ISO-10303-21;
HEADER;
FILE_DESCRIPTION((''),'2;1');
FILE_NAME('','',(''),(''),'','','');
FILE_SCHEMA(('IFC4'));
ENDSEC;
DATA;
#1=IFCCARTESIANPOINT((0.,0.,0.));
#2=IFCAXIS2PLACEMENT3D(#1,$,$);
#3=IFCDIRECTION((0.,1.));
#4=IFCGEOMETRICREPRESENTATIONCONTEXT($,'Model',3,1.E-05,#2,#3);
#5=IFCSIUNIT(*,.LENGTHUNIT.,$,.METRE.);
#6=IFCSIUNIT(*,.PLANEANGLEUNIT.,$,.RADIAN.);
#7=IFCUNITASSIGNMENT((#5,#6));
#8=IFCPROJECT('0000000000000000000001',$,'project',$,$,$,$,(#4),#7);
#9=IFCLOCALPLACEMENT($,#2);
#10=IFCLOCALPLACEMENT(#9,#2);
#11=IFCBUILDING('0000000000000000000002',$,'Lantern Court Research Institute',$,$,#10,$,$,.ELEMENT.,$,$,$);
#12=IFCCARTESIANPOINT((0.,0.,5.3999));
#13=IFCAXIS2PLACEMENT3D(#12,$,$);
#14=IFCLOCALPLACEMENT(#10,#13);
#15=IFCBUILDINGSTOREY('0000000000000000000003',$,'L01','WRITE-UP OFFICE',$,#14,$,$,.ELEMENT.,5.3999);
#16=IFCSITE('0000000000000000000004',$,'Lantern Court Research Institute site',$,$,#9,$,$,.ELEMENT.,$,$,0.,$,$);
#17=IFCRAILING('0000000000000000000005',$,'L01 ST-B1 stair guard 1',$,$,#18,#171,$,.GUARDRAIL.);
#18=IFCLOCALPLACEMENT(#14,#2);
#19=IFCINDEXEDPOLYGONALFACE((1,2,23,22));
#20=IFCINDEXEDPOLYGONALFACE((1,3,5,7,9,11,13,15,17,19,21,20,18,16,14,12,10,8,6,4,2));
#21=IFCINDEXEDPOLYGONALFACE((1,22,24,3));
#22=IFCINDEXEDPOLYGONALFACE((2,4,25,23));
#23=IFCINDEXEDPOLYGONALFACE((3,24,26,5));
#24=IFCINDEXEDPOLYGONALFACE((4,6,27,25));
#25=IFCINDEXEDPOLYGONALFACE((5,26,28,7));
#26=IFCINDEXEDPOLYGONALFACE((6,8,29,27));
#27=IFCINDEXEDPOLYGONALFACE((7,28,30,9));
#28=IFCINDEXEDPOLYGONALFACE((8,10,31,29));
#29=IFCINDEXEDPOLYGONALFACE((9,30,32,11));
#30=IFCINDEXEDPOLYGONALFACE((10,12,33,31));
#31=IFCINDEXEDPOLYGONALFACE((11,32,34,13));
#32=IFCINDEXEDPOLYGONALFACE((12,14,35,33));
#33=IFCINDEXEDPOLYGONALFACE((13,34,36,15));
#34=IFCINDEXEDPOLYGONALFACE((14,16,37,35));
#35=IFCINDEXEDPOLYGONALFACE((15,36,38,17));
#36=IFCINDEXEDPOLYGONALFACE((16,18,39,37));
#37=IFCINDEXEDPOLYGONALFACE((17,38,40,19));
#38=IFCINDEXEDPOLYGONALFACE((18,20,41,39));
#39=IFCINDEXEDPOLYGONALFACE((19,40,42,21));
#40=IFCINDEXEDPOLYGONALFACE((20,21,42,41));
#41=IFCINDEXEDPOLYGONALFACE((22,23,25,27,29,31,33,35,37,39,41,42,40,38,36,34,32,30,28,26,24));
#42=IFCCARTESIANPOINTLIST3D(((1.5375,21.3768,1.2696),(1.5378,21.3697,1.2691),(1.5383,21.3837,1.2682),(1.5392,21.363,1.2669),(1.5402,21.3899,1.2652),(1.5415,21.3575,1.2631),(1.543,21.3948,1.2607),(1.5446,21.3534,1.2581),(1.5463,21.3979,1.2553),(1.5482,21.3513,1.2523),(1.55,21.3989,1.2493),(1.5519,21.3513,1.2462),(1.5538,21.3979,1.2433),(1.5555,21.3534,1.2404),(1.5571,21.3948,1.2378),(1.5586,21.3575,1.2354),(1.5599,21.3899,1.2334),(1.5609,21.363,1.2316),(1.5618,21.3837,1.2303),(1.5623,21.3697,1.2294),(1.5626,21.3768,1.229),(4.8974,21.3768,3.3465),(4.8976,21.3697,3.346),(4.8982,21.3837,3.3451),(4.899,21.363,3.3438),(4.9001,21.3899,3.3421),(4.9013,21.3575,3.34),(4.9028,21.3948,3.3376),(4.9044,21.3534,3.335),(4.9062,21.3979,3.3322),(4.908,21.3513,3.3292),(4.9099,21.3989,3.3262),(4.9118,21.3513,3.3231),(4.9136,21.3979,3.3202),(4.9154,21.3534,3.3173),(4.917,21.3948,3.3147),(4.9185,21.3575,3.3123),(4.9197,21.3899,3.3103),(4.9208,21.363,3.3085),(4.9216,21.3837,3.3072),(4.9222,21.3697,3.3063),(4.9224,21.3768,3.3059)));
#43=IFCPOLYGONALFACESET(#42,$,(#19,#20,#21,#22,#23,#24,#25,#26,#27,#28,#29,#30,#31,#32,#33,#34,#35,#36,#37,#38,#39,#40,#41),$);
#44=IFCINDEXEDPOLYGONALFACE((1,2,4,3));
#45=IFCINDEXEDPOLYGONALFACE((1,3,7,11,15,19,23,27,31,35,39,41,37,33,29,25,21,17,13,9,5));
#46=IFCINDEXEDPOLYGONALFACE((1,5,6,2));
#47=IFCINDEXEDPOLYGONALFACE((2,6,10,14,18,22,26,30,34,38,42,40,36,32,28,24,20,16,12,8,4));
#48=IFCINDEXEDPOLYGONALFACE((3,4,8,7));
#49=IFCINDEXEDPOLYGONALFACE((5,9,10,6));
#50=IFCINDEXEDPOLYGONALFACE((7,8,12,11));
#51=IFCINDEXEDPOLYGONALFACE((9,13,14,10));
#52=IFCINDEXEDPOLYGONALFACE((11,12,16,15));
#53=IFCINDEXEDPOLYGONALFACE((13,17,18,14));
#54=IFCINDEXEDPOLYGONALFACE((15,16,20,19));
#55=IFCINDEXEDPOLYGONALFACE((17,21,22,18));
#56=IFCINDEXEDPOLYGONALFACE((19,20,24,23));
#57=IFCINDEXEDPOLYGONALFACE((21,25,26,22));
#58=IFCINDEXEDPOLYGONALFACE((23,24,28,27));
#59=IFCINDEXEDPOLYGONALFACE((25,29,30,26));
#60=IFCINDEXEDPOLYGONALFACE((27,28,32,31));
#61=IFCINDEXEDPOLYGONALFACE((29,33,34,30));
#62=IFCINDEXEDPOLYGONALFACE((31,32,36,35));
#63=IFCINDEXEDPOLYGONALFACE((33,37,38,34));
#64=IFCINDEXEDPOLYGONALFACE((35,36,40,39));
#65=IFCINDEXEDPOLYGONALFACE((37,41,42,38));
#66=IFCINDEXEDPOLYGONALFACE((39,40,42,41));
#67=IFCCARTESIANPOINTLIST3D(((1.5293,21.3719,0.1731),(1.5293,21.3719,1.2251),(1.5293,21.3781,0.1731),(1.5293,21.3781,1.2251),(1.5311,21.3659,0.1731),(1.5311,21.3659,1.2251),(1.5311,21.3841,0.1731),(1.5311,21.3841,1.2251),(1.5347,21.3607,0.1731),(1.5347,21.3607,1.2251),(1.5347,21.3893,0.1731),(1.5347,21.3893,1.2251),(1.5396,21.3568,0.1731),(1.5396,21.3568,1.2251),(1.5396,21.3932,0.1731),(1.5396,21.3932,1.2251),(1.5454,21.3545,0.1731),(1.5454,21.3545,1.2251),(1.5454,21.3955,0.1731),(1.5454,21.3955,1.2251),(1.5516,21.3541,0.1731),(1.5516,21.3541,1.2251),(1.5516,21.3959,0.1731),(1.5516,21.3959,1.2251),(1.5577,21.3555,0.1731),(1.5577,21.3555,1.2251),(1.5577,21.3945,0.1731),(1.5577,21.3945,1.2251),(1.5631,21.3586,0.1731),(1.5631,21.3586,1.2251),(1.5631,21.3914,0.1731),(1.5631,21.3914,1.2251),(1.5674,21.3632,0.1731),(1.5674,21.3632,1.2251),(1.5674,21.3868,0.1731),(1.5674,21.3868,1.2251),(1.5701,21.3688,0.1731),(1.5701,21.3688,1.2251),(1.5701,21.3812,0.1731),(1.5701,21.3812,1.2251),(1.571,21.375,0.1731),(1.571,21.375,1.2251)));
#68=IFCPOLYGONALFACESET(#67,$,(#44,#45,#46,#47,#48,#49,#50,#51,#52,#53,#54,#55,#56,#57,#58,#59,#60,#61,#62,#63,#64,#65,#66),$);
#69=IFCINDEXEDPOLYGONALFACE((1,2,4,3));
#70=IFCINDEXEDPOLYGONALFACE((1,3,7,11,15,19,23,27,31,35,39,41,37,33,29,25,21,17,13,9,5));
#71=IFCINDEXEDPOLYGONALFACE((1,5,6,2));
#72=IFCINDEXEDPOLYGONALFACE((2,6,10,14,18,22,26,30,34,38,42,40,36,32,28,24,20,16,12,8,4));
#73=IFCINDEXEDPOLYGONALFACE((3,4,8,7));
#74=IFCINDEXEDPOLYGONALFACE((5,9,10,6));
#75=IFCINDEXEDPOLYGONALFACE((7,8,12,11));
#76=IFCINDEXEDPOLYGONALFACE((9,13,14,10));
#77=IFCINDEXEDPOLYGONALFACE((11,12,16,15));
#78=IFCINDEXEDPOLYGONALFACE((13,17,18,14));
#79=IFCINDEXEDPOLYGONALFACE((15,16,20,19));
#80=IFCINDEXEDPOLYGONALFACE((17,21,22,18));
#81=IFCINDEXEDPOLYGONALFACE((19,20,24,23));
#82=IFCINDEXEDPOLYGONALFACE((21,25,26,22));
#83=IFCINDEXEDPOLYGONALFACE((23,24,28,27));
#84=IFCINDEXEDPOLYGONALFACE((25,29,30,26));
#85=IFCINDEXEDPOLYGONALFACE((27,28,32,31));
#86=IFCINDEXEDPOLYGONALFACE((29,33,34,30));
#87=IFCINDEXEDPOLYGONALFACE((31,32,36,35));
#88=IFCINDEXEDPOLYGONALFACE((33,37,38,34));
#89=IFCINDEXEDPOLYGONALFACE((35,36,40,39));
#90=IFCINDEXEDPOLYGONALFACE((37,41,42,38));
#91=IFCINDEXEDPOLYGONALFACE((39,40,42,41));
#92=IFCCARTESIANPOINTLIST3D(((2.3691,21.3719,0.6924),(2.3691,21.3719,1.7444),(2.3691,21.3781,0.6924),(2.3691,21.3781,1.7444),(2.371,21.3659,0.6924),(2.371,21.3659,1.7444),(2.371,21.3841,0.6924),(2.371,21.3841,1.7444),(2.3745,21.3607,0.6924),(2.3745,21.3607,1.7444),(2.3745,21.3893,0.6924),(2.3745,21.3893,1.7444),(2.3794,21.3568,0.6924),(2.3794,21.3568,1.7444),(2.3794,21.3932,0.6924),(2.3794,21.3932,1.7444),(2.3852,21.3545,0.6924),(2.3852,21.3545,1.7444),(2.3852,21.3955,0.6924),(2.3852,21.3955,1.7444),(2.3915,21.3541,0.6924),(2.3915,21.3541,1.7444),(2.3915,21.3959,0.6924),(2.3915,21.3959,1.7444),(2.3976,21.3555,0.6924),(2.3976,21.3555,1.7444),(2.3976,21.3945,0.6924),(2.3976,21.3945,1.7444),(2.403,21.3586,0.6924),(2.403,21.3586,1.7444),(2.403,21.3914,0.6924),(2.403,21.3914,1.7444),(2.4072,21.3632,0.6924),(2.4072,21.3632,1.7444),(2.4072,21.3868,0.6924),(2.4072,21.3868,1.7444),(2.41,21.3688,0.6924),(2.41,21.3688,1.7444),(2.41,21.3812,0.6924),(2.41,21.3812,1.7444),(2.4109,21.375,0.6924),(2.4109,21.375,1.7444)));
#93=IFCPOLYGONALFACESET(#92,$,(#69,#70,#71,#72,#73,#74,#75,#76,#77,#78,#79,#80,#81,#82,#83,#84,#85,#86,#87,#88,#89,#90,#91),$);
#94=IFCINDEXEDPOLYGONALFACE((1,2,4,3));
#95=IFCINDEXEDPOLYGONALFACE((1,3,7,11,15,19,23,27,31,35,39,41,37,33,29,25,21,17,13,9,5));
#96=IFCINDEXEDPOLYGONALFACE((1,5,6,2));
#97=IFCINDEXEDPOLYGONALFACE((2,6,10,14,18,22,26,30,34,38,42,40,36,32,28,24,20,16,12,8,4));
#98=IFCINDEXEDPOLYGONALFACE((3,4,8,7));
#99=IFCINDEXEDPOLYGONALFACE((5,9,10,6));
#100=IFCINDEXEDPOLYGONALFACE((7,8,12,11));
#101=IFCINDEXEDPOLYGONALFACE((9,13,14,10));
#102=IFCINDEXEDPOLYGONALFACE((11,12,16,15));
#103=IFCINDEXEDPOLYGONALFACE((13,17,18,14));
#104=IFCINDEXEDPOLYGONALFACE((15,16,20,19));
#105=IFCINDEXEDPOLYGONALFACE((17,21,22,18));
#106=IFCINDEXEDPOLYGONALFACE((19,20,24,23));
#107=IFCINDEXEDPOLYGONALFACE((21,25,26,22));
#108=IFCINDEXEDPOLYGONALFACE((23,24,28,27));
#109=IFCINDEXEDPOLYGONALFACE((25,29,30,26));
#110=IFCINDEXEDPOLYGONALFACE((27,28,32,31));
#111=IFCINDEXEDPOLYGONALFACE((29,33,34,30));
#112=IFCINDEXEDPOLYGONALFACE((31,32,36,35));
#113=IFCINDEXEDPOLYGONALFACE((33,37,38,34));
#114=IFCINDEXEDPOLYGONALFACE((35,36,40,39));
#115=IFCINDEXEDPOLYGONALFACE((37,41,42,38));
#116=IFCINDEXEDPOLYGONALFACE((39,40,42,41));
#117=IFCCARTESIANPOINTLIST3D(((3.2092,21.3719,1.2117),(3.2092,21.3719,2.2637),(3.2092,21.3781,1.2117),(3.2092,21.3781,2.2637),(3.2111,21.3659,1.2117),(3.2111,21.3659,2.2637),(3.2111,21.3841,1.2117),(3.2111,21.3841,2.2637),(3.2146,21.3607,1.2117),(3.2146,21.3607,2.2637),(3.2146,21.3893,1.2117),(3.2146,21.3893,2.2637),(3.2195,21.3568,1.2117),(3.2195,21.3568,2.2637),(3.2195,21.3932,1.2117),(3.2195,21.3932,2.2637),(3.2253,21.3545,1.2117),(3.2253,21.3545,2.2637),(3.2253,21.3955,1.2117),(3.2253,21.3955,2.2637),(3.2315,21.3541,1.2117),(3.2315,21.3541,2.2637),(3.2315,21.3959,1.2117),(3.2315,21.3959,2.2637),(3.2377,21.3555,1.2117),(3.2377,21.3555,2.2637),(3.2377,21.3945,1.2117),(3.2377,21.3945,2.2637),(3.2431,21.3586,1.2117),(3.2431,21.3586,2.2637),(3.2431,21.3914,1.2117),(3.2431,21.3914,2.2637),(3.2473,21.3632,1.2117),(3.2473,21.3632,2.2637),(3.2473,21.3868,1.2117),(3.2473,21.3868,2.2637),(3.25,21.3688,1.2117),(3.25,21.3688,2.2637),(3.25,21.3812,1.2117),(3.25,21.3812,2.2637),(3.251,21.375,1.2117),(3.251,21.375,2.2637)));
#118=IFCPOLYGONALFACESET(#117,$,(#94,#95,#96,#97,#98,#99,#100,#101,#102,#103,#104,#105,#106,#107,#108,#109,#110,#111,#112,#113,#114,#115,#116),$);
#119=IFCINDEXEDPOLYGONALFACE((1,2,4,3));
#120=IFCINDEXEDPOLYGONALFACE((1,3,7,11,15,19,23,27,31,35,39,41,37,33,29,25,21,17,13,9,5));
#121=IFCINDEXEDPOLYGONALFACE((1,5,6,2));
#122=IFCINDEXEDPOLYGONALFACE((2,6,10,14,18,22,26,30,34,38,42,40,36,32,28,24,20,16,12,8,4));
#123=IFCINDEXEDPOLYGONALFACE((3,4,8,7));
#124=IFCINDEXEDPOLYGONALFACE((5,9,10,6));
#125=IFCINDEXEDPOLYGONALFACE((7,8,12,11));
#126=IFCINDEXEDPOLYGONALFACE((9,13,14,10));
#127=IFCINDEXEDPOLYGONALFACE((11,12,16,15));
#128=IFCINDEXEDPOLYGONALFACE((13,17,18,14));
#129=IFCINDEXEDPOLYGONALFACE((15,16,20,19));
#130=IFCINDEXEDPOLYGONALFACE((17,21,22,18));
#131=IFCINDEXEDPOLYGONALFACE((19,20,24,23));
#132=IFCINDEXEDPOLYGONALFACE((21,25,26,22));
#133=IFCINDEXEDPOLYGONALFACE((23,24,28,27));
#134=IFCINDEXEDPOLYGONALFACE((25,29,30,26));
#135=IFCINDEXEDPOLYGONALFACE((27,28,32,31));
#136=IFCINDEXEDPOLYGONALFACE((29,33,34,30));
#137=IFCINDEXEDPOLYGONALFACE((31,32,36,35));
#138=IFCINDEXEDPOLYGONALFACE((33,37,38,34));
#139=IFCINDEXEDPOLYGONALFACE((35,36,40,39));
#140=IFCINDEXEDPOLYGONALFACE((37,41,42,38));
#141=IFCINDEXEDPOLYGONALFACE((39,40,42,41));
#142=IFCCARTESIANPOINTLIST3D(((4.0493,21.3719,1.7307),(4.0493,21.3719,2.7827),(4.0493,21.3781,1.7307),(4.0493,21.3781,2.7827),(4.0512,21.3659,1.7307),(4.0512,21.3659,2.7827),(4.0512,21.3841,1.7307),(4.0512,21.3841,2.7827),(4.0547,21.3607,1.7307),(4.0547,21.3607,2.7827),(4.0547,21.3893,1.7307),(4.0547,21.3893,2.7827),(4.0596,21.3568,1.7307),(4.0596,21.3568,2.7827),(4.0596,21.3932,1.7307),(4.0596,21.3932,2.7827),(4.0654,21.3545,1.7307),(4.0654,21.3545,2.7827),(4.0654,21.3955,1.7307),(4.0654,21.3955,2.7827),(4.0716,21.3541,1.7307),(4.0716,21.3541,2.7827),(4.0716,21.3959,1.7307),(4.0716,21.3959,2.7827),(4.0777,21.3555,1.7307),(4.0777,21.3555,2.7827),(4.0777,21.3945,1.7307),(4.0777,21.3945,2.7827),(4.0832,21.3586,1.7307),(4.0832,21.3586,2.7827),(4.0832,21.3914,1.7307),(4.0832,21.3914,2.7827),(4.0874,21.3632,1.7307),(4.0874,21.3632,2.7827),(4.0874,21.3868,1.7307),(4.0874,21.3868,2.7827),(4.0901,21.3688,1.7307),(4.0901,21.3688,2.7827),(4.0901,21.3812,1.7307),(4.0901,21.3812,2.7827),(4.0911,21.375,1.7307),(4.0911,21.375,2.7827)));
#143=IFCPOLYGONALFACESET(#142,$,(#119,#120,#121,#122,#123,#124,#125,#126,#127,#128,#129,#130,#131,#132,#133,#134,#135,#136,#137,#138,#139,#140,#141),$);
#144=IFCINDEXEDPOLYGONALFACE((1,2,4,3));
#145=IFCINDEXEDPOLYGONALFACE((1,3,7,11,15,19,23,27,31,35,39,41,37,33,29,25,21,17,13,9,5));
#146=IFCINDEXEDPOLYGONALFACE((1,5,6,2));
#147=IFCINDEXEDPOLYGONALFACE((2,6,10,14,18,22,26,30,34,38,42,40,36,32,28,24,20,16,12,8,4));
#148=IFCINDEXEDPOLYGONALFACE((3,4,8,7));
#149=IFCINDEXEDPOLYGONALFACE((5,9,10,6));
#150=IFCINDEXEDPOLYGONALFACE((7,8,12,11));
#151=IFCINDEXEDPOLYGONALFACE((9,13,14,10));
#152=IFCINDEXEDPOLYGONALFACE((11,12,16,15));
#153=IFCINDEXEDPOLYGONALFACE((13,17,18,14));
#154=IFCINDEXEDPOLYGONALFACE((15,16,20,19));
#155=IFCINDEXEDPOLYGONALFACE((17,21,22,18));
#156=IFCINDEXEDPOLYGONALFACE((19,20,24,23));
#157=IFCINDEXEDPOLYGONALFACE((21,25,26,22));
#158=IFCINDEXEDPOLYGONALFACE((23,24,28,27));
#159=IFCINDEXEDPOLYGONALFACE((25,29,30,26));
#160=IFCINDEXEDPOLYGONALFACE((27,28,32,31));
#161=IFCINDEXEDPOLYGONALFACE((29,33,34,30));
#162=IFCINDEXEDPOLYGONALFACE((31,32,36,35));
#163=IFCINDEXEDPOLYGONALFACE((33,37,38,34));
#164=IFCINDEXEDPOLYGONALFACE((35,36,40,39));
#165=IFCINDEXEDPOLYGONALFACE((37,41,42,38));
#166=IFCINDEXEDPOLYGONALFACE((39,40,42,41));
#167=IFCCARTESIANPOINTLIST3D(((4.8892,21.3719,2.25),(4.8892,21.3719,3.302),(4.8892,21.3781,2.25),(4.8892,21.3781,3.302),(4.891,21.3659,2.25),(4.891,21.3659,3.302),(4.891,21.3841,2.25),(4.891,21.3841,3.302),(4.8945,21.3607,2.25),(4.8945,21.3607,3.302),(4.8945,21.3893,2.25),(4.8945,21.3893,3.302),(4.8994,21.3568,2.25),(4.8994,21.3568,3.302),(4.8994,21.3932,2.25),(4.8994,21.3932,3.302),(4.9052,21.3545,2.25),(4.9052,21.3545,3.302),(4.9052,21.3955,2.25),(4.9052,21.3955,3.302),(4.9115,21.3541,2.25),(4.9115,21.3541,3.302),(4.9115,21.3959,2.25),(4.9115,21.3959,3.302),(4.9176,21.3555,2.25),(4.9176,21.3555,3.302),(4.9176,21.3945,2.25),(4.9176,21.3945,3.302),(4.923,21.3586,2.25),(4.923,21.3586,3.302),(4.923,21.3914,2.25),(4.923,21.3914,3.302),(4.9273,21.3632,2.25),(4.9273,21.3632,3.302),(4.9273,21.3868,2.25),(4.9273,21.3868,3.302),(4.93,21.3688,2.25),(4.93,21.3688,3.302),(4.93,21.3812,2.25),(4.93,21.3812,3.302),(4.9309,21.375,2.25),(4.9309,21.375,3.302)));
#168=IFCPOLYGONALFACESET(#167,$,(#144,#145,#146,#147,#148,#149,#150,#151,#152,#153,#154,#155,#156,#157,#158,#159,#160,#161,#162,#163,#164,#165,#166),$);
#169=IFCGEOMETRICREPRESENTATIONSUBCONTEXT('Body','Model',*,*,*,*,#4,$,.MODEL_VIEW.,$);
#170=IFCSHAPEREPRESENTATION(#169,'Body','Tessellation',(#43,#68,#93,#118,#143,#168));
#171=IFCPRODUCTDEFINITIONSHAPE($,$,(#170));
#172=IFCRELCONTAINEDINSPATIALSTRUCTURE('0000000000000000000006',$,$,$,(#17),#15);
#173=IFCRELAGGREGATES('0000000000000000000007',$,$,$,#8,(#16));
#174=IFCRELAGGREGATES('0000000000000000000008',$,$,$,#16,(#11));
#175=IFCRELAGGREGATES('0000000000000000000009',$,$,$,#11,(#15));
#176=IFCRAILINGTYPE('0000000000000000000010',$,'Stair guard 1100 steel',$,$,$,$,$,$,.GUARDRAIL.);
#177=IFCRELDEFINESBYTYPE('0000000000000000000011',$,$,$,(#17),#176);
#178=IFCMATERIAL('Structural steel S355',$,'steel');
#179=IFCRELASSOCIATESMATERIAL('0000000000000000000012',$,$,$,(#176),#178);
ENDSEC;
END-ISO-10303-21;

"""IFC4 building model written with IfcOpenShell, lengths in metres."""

from ifc_helpers import new_model, si_unit, direction, frame, origin, origin_2d, place, context, subcontext, project, spatial, circle, extrude, material, type_object, element, save


model = new_model("IFC4")

# Units and contexts
model_context = context("Model", 3, precision=1e-05, world=origin(), true_north=direction((0.0, 1.0)))
body_context = subcontext(model_context, "Body", "Model", "MODEL_VIEW")
ifc_project = project(units=[si_unit("LENGTHUNIT", "METRE"), si_unit("PLANEANGLEUNIT", "RADIAN")], contexts=[model_context])

# Site, building, storey
site_placement = place(None, origin())
site = spatial("IfcSite", under=ifc_project, at=site_placement, Name="Lantern Court Research Institute site", CompositionType="ELEMENT", RefElevation=0.0)
building_placement = place(site_placement, origin())
building = spatial("IfcBuilding", under=site, at=building_placement, Name="Lantern Court Research Institute", CompositionType="ELEMENT")
storey_placement = place(building_placement, frame((0.0, 0.0, 5.3999)))
storey = spatial("IfcBuildingStorey", under=building, at=storey_placement, Name="L01", Description="WRITE-UP OFFICE", CompositionType="ELEMENT", Elevation=5.3999)

# Railing
ifc_material_1 = material(Name="Structural steel S355", Category="steel")
railing_type_1 = type_object("IfcRailingType", Name="Stair guard 1100 steel", PredefinedType="GUARDRAIL", material=ifc_material_1)
railing_1_placement = place(storey_placement, frame((1.55, 21.375, 0.1731)))
element("IfcRailing", 1, at=railing_1_placement, inside=storey, type_object=railing_type_1, Name="L01 ST-B1 stair guard 1", PredefinedType="GUARDRAIL", context=body_context, shape_type="SweptSolid", body=[
    extrude(circle(Radius=0.0239, at=origin_2d()), frame((0.0, 0.0, 1.0762), z_axis=(0.850606, 0.0, 0.525803), x_axis=(0.0, 1.0, 0.0)), (0.0, 0.0, 1.0), 3.95),
    extrude(circle(Radius=0.021, at=origin_2d()), origin(), (0.0, 0.0, 1.0), 1.052),
    extrude(circle(Radius=0.021, at=origin_2d()), frame((0.8398, 0.0, 0.5193)), (0.0, 0.0, 1.0), 1.052),
    extrude(circle(Radius=0.021, at=origin_2d()), frame((1.6799, 0.0, 1.0386)), (0.0, 0.0, 1.0), 1.052),
    extrude(circle(Radius=0.021, at=origin_2d()), frame((2.52, 0.0, 1.5576)), (0.0, 0.0, 1.0), 1.052),
    extrude(circle(Radius=0.021, at=origin_2d()), frame((3.3599, 0.0, 2.0769)), (0.0, 0.0, 1.0), 1.052),
])

save(model, "model.ifc")
